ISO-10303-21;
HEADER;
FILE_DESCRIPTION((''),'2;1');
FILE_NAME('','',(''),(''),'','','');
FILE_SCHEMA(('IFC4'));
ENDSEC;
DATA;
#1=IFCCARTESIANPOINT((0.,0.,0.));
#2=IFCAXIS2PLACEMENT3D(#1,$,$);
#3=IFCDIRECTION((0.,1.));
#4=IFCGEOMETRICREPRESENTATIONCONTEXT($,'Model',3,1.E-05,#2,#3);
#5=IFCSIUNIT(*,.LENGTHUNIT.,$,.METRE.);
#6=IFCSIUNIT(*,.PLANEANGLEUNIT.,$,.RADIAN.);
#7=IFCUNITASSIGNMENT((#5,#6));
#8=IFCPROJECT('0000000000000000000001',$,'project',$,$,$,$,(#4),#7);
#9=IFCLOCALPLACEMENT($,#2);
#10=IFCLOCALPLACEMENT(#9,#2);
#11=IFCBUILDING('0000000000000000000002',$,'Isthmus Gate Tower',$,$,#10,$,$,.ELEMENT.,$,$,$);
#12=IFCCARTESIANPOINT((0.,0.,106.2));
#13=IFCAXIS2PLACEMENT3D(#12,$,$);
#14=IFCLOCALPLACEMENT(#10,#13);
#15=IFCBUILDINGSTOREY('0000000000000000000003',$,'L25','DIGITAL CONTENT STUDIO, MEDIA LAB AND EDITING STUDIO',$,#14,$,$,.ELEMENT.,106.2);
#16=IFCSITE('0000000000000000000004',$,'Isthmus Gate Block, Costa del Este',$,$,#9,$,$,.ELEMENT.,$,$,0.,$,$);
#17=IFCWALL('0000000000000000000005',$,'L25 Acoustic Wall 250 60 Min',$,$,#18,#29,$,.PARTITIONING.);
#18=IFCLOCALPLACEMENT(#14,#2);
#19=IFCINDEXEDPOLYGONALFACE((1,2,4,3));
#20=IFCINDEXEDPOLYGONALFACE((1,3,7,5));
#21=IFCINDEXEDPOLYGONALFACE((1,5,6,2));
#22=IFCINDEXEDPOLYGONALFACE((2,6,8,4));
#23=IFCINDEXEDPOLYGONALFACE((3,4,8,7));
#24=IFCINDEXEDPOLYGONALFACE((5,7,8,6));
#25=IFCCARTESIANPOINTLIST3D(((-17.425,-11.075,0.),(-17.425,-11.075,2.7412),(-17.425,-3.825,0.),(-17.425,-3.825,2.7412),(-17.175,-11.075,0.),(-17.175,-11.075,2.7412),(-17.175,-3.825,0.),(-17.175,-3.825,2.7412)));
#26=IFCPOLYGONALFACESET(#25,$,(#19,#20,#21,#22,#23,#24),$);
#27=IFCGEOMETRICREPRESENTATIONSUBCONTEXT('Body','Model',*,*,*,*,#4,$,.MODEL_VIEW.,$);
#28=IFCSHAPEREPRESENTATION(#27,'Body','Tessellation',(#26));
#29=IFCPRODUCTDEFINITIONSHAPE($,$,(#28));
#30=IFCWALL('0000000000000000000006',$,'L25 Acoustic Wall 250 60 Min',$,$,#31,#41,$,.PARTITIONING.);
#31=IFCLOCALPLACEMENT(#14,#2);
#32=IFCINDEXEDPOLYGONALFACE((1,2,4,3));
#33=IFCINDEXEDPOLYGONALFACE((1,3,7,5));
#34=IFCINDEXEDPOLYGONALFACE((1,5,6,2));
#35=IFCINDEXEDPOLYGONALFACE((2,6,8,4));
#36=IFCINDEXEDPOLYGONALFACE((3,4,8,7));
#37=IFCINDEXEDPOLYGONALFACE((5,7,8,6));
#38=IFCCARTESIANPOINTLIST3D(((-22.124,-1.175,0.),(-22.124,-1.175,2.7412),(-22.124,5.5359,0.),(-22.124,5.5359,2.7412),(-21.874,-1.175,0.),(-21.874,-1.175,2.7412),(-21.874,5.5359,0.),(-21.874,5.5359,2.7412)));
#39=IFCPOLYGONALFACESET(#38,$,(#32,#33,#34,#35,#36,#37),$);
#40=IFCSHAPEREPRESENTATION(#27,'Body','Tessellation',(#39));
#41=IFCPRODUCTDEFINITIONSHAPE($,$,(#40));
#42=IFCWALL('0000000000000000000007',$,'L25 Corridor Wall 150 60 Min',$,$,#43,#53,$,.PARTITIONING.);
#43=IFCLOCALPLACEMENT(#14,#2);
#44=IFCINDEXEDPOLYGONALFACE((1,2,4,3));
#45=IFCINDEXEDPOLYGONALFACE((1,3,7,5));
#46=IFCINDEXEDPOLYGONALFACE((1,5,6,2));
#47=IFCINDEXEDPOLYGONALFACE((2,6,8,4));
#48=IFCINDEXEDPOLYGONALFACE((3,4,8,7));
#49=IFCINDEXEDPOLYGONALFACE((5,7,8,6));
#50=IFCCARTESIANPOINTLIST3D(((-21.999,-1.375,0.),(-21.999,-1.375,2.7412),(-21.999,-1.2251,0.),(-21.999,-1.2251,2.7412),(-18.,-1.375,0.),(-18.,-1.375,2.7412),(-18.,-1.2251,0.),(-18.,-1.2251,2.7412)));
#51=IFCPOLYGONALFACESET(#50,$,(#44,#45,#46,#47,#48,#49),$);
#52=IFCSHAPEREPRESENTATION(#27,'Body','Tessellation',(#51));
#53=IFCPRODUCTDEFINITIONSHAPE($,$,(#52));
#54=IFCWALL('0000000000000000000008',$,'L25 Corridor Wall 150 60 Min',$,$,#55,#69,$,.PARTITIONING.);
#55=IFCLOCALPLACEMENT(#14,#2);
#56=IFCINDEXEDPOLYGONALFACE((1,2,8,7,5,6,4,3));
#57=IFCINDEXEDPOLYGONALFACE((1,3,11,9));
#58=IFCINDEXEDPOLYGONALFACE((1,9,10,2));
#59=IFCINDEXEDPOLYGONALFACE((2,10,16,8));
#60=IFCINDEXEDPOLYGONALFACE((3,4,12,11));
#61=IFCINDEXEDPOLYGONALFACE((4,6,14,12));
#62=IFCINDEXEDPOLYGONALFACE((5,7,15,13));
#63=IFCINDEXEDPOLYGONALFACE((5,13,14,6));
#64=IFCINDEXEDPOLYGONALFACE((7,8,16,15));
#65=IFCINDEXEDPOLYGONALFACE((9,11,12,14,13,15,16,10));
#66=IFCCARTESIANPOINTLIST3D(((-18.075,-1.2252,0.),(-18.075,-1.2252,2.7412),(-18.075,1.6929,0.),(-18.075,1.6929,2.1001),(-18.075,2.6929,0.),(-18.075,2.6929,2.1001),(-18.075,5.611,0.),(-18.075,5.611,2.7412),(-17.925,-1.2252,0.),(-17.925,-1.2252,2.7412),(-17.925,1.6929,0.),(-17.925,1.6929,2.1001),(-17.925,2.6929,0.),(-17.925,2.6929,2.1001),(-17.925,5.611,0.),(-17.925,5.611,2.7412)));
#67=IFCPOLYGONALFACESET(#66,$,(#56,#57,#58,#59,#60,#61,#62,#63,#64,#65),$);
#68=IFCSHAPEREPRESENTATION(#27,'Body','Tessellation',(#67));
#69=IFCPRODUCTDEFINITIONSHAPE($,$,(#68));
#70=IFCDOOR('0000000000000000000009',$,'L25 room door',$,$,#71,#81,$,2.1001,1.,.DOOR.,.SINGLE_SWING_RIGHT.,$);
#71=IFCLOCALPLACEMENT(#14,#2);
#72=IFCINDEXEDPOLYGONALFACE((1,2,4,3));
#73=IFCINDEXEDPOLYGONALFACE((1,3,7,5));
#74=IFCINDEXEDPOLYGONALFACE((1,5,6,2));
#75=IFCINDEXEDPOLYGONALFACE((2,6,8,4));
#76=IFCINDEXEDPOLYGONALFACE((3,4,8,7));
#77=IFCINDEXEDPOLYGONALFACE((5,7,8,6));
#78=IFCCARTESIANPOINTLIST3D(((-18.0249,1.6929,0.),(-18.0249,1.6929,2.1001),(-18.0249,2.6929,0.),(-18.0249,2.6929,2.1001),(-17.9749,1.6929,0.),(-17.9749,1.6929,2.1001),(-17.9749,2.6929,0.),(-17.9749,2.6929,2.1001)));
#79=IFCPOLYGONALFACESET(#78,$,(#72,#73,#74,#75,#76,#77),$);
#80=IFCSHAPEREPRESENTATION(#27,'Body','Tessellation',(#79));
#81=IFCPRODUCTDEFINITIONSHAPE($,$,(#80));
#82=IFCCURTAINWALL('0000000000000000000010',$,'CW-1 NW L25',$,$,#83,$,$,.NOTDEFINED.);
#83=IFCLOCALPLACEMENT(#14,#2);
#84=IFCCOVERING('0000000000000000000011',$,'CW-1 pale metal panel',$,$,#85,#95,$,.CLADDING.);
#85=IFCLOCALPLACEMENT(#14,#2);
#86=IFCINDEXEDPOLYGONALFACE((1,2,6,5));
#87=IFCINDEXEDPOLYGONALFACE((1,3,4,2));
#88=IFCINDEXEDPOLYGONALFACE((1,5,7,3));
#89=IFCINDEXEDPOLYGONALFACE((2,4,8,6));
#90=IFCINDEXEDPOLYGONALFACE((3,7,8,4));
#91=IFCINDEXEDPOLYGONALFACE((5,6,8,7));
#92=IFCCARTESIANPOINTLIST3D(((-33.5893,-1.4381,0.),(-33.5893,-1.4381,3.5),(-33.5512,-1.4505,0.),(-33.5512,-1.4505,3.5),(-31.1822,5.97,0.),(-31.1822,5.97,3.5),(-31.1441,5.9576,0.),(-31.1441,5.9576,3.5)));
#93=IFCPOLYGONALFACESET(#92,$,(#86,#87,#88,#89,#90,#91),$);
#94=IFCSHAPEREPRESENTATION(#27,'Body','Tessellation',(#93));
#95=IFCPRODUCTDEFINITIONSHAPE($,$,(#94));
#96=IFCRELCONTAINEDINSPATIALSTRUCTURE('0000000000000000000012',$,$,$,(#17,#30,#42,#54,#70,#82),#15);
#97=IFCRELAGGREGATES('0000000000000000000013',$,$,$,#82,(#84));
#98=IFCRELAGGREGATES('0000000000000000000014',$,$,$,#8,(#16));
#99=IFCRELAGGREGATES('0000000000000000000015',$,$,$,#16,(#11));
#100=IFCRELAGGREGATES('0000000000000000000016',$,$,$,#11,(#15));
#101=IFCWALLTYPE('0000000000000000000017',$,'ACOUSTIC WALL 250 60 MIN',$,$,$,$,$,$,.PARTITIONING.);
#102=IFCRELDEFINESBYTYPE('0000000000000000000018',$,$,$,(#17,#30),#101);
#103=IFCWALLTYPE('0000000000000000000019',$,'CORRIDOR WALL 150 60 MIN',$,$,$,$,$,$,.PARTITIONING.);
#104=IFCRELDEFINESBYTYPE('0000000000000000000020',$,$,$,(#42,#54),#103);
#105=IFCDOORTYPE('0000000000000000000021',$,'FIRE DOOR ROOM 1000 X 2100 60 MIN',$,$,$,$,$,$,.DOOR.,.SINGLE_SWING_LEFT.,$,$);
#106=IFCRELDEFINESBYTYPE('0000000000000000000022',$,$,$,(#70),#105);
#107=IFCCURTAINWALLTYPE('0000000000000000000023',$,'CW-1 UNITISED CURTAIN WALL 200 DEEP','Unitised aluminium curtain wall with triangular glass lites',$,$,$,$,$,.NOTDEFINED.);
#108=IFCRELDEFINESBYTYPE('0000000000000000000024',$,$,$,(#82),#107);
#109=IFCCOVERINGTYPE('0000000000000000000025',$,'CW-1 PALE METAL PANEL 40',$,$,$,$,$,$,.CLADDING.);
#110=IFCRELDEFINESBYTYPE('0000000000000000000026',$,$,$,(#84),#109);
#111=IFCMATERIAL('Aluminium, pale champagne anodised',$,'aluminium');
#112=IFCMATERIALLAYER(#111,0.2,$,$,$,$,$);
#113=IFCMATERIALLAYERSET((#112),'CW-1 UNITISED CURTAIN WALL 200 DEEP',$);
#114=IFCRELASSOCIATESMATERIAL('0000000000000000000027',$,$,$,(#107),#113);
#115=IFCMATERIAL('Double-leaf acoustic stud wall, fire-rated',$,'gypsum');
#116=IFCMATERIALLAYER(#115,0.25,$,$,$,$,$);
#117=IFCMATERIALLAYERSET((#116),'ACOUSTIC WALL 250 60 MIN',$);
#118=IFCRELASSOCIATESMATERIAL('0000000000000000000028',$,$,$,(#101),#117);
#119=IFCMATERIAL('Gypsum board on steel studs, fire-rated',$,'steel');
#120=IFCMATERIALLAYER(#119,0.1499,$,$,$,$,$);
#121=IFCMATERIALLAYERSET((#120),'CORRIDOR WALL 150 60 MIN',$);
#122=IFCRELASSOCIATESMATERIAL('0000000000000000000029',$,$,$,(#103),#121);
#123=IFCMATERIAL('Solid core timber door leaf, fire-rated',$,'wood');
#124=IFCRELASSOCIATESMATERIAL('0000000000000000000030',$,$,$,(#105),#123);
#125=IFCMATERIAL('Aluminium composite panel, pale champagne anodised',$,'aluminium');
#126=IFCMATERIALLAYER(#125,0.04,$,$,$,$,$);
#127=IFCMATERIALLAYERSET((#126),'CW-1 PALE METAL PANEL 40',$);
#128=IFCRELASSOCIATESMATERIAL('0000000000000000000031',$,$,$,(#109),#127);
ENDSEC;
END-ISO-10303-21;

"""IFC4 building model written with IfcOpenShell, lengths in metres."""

from ifc_helpers import new_model, si_unit, direction, frame, frame_2d, origin, origin_2d, place, context, subcontext, project, spatial, rectangle, extrude, material, layer, layer_set, type_object, element, fill, aggregate, save


model = new_model("IFC4")

# Units and contexts
model_context = context("Model", 3, precision=1e-05, world=origin(), true_north=direction((0.0, 1.0)))
body_context = subcontext(model_context, "Body", "Model", "MODEL_VIEW")
ifc_project = project(units=[si_unit("LENGTHUNIT", "METRE"), si_unit("PLANEANGLEUNIT", "RADIAN")], contexts=[model_context])

# Site, building, storey
site_placement = place(None, origin())
site = spatial("IfcSite", under=ifc_project, at=site_placement, Name="Isthmus Gate Block, Costa del Este", CompositionType="ELEMENT", RefElevation=0.0)
building_placement = place(site_placement, origin())
building = spatial("IfcBuilding", under=site, at=building_placement, Name="Isthmus Gate Tower", CompositionType="ELEMENT")
storey_placement = place(building_placement, frame((0.0, 0.0, 106.2)))
storey = spatial("IfcBuildingStorey", under=building, at=storey_placement, Name="L25", Description="DIGITAL CONTENT STUDIO, MEDIA LAB AND EDITING STUDIO", CompositionType="ELEMENT", Elevation=106.2)

# Shared definitions
ifc_material_1 = material(Name="Aluminium, pale champagne anodised", Category="aluminium")
ifc_layer_1 = layer(ifc_material_1, 0.2)
ifc_layer_set_1 = layer_set([ifc_layer_1], Name="CW-1 UNITISED CURTAIN WALL 200 DEEP")
curtain_wall_type = type_object("IfcCurtainWallType", Name="CW-1 UNITISED CURTAIN WALL 200 DEEP", Description="Unitised aluminium curtain wall with triangular glass lites", PredefinedType="NOTDEFINED", material=ifc_layer_set_1)

# Walls
ifc_material_2 = material(Name="Double-leaf acoustic stud wall, fire-rated", Category="gypsum")
ifc_layer_2 = layer(ifc_material_2, 0.25)
ifc_layer_set_2 = layer_set([ifc_layer_2], Name="ACOUSTIC WALL 250 60 MIN")
wall_type_1 = type_object("IfcWallType", Name="ACOUSTIC WALL 250 60 MIN", PredefinedType="PARTITIONING", material=ifc_layer_set_2)
wall_1_placement = place(storey_placement, frame((-17.3, -11.075, 0.0), z_axis=(0.0, 0.0, 1.0), x_axis=(0.0, 1.0, 0.0)))
element("IfcWall", 1, at=wall_1_placement, inside=storey, type_object=wall_type_1, Name="L25 Acoustic Wall 250 60 Min", PredefinedType="PARTITIONING", context=body_context, shape_type="SweptSolid", body=[
    extrude(rectangle(XDim=7.25, YDim=0.25, at=frame_2d((3.625, 0.0))), origin(), (0.0, 0.0, 1.0), 2.7412),
])
wall_2_placement = place(storey_placement, frame((-21.999, -1.175, 0.0), z_axis=(0.0, 0.0, 1.0), x_axis=(0.0, 1.0, 0.0)))
element("IfcWall", 2, at=wall_2_placement, inside=storey, type_object=wall_type_1, Name="L25 Acoustic Wall 250 60 Min", PredefinedType="PARTITIONING", context=body_context, shape_type="SweptSolid", body=[
    extrude(rectangle(XDim=6.7109, YDim=0.25, at=frame_2d((3.3555, 0.0))), origin(), (0.0, 0.0, 1.0), 2.7412),
])
ifc_material_3 = material(Name="Gypsum board on steel studs, fire-rated", Category="steel")
ifc_layer_3 = layer(ifc_material_3, 0.1499)
ifc_layer_set_3 = layer_set([ifc_layer_3], Name="CORRIDOR WALL 150 60 MIN")
wall_type_2 = type_object("IfcWallType", Name="CORRIDOR WALL 150 60 MIN", PredefinedType="PARTITIONING", material=ifc_layer_set_3)
wall_3_placement = place(storey_placement, frame((-21.999, -1.3, 0.0), z_axis=(0.0, 0.0, 1.0), x_axis=(1.0, 0.0, 0.0)))
element("IfcWall", 3, at=wall_3_placement, inside=storey, type_object=wall_type_2, Name="L25 Corridor Wall 150 60 Min", PredefinedType="PARTITIONING", context=body_context, shape_type="SweptSolid", body=[
    extrude(rectangle(XDim=3.999, YDim=0.1499, at=frame_2d((1.9995, 0.0))), origin(), (0.0, 0.0, 1.0), 2.7412),
])

# Wall, opening, door
wall_4_placement = place(storey_placement, frame((-18.0, -1.2251, 0.0), z_axis=(0.0, 0.0, 1.0), x_axis=(0.0, 1.0, 0.0)))
wall_4 = element("IfcWall", 4, at=wall_4_placement, inside=storey, type_object=wall_type_2, Name="L25 Corridor Wall 150 60 Min", PredefinedType="PARTITIONING", context=body_context, shape_type="SweptSolid", body=[
    extrude(rectangle(XDim=6.8362, YDim=0.1499, at=frame_2d((3.418, 0.0))), origin(), (0.0, 0.0, 1.0), 2.7412),
])
opening_placement = place(wall_4_placement, frame((2.918, 0.0, 0.0)))
opening = element("IfcOpeningElement", 5, at=opening_placement, cuts=wall_4, PredefinedType="OPENING", context=body_context, shape_type="SweptSolid", body=[
    extrude(rectangle(XDim=1.0, YDim=2.1001, at=frame_2d((0.5, 1.05))), frame((0.0, 0.085, 0.0), z_axis=(0.0, -1.0, 0.0), x_axis=(1.0, 0.0, 0.0)), (0.0, 0.0, 1.0), 0.1699),
])
ifc_material_4 = material(Name="Solid core timber door leaf, fire-rated", Category="wood")
door_type = type_object("IfcDoorType", Name="FIRE DOOR ROOM 1000 X 2100 60 MIN", OperationType="SINGLE_SWING_LEFT", PredefinedType="DOOR", material=ifc_material_4)
door_placement = place(opening_placement, origin())
door = element("IfcDoor", 6, at=door_placement, inside=storey, type_object=door_type, Name="L25 room door", OperationType="SINGLE_SWING_RIGHT", OverallHeight=2.1001, OverallWidth=1.0, PredefinedType="DOOR", context=body_context, shape_type="SweptSolid", body=[
    extrude(rectangle(XDim=1.0, YDim=2.1001, at=frame_2d((0.5, 1.05))), frame((0.0, 0.0249, 0.0), z_axis=(0.0, -1.0, 0.0), x_axis=(1.0, 0.0, 0.0)), (0.0, 0.0, 1.0), 0.05),
])
fill(opening, door)

# Curtain wall, covering
curtain_wall_1_placement = place(storey_placement, origin())
curtain_wall_1 = element("IfcCurtainWall", 7, at=curtain_wall_1_placement, inside=storey, type_object=curtain_wall_type, Name="CW-1 NW L25", PredefinedType="NOTDEFINED")
ifc_material_5 = material(Name="Aluminium composite panel, pale champagne anodised", Category="aluminium")
ifc_layer_4 = layer(ifc_material_5, 0.04)
ifc_layer_set_4 = layer_set([ifc_layer_4], Name="CW-1 PALE METAL PANEL 40")
covering_type = type_object("IfcCoveringType", Name="CW-1 PALE METAL PANEL 40", PredefinedType="CLADDING", material=ifc_layer_set_4)
covering_placement = place(storey_placement, frame((-32.3667, 2.2598, 0.0), z_axis=(0.0, 0.0, 1.0), x_axis=(-0.309017, -0.951057, 0.0)))
covering = element("IfcCovering", 8, at=covering_placement, type_object=covering_type, Name="CW-1 pale metal panel", PredefinedType="CLADDING", context=body_context, shape_type="SweptSolid", body=[
    extrude(rectangle(XDim=7.7893, YDim=0.04, at=origin_2d()), origin(), (0.0, 0.0, 1.0), 3.5),
])
aggregate(curtain_wall_1, [covering])

save(model, "model.ifc")
